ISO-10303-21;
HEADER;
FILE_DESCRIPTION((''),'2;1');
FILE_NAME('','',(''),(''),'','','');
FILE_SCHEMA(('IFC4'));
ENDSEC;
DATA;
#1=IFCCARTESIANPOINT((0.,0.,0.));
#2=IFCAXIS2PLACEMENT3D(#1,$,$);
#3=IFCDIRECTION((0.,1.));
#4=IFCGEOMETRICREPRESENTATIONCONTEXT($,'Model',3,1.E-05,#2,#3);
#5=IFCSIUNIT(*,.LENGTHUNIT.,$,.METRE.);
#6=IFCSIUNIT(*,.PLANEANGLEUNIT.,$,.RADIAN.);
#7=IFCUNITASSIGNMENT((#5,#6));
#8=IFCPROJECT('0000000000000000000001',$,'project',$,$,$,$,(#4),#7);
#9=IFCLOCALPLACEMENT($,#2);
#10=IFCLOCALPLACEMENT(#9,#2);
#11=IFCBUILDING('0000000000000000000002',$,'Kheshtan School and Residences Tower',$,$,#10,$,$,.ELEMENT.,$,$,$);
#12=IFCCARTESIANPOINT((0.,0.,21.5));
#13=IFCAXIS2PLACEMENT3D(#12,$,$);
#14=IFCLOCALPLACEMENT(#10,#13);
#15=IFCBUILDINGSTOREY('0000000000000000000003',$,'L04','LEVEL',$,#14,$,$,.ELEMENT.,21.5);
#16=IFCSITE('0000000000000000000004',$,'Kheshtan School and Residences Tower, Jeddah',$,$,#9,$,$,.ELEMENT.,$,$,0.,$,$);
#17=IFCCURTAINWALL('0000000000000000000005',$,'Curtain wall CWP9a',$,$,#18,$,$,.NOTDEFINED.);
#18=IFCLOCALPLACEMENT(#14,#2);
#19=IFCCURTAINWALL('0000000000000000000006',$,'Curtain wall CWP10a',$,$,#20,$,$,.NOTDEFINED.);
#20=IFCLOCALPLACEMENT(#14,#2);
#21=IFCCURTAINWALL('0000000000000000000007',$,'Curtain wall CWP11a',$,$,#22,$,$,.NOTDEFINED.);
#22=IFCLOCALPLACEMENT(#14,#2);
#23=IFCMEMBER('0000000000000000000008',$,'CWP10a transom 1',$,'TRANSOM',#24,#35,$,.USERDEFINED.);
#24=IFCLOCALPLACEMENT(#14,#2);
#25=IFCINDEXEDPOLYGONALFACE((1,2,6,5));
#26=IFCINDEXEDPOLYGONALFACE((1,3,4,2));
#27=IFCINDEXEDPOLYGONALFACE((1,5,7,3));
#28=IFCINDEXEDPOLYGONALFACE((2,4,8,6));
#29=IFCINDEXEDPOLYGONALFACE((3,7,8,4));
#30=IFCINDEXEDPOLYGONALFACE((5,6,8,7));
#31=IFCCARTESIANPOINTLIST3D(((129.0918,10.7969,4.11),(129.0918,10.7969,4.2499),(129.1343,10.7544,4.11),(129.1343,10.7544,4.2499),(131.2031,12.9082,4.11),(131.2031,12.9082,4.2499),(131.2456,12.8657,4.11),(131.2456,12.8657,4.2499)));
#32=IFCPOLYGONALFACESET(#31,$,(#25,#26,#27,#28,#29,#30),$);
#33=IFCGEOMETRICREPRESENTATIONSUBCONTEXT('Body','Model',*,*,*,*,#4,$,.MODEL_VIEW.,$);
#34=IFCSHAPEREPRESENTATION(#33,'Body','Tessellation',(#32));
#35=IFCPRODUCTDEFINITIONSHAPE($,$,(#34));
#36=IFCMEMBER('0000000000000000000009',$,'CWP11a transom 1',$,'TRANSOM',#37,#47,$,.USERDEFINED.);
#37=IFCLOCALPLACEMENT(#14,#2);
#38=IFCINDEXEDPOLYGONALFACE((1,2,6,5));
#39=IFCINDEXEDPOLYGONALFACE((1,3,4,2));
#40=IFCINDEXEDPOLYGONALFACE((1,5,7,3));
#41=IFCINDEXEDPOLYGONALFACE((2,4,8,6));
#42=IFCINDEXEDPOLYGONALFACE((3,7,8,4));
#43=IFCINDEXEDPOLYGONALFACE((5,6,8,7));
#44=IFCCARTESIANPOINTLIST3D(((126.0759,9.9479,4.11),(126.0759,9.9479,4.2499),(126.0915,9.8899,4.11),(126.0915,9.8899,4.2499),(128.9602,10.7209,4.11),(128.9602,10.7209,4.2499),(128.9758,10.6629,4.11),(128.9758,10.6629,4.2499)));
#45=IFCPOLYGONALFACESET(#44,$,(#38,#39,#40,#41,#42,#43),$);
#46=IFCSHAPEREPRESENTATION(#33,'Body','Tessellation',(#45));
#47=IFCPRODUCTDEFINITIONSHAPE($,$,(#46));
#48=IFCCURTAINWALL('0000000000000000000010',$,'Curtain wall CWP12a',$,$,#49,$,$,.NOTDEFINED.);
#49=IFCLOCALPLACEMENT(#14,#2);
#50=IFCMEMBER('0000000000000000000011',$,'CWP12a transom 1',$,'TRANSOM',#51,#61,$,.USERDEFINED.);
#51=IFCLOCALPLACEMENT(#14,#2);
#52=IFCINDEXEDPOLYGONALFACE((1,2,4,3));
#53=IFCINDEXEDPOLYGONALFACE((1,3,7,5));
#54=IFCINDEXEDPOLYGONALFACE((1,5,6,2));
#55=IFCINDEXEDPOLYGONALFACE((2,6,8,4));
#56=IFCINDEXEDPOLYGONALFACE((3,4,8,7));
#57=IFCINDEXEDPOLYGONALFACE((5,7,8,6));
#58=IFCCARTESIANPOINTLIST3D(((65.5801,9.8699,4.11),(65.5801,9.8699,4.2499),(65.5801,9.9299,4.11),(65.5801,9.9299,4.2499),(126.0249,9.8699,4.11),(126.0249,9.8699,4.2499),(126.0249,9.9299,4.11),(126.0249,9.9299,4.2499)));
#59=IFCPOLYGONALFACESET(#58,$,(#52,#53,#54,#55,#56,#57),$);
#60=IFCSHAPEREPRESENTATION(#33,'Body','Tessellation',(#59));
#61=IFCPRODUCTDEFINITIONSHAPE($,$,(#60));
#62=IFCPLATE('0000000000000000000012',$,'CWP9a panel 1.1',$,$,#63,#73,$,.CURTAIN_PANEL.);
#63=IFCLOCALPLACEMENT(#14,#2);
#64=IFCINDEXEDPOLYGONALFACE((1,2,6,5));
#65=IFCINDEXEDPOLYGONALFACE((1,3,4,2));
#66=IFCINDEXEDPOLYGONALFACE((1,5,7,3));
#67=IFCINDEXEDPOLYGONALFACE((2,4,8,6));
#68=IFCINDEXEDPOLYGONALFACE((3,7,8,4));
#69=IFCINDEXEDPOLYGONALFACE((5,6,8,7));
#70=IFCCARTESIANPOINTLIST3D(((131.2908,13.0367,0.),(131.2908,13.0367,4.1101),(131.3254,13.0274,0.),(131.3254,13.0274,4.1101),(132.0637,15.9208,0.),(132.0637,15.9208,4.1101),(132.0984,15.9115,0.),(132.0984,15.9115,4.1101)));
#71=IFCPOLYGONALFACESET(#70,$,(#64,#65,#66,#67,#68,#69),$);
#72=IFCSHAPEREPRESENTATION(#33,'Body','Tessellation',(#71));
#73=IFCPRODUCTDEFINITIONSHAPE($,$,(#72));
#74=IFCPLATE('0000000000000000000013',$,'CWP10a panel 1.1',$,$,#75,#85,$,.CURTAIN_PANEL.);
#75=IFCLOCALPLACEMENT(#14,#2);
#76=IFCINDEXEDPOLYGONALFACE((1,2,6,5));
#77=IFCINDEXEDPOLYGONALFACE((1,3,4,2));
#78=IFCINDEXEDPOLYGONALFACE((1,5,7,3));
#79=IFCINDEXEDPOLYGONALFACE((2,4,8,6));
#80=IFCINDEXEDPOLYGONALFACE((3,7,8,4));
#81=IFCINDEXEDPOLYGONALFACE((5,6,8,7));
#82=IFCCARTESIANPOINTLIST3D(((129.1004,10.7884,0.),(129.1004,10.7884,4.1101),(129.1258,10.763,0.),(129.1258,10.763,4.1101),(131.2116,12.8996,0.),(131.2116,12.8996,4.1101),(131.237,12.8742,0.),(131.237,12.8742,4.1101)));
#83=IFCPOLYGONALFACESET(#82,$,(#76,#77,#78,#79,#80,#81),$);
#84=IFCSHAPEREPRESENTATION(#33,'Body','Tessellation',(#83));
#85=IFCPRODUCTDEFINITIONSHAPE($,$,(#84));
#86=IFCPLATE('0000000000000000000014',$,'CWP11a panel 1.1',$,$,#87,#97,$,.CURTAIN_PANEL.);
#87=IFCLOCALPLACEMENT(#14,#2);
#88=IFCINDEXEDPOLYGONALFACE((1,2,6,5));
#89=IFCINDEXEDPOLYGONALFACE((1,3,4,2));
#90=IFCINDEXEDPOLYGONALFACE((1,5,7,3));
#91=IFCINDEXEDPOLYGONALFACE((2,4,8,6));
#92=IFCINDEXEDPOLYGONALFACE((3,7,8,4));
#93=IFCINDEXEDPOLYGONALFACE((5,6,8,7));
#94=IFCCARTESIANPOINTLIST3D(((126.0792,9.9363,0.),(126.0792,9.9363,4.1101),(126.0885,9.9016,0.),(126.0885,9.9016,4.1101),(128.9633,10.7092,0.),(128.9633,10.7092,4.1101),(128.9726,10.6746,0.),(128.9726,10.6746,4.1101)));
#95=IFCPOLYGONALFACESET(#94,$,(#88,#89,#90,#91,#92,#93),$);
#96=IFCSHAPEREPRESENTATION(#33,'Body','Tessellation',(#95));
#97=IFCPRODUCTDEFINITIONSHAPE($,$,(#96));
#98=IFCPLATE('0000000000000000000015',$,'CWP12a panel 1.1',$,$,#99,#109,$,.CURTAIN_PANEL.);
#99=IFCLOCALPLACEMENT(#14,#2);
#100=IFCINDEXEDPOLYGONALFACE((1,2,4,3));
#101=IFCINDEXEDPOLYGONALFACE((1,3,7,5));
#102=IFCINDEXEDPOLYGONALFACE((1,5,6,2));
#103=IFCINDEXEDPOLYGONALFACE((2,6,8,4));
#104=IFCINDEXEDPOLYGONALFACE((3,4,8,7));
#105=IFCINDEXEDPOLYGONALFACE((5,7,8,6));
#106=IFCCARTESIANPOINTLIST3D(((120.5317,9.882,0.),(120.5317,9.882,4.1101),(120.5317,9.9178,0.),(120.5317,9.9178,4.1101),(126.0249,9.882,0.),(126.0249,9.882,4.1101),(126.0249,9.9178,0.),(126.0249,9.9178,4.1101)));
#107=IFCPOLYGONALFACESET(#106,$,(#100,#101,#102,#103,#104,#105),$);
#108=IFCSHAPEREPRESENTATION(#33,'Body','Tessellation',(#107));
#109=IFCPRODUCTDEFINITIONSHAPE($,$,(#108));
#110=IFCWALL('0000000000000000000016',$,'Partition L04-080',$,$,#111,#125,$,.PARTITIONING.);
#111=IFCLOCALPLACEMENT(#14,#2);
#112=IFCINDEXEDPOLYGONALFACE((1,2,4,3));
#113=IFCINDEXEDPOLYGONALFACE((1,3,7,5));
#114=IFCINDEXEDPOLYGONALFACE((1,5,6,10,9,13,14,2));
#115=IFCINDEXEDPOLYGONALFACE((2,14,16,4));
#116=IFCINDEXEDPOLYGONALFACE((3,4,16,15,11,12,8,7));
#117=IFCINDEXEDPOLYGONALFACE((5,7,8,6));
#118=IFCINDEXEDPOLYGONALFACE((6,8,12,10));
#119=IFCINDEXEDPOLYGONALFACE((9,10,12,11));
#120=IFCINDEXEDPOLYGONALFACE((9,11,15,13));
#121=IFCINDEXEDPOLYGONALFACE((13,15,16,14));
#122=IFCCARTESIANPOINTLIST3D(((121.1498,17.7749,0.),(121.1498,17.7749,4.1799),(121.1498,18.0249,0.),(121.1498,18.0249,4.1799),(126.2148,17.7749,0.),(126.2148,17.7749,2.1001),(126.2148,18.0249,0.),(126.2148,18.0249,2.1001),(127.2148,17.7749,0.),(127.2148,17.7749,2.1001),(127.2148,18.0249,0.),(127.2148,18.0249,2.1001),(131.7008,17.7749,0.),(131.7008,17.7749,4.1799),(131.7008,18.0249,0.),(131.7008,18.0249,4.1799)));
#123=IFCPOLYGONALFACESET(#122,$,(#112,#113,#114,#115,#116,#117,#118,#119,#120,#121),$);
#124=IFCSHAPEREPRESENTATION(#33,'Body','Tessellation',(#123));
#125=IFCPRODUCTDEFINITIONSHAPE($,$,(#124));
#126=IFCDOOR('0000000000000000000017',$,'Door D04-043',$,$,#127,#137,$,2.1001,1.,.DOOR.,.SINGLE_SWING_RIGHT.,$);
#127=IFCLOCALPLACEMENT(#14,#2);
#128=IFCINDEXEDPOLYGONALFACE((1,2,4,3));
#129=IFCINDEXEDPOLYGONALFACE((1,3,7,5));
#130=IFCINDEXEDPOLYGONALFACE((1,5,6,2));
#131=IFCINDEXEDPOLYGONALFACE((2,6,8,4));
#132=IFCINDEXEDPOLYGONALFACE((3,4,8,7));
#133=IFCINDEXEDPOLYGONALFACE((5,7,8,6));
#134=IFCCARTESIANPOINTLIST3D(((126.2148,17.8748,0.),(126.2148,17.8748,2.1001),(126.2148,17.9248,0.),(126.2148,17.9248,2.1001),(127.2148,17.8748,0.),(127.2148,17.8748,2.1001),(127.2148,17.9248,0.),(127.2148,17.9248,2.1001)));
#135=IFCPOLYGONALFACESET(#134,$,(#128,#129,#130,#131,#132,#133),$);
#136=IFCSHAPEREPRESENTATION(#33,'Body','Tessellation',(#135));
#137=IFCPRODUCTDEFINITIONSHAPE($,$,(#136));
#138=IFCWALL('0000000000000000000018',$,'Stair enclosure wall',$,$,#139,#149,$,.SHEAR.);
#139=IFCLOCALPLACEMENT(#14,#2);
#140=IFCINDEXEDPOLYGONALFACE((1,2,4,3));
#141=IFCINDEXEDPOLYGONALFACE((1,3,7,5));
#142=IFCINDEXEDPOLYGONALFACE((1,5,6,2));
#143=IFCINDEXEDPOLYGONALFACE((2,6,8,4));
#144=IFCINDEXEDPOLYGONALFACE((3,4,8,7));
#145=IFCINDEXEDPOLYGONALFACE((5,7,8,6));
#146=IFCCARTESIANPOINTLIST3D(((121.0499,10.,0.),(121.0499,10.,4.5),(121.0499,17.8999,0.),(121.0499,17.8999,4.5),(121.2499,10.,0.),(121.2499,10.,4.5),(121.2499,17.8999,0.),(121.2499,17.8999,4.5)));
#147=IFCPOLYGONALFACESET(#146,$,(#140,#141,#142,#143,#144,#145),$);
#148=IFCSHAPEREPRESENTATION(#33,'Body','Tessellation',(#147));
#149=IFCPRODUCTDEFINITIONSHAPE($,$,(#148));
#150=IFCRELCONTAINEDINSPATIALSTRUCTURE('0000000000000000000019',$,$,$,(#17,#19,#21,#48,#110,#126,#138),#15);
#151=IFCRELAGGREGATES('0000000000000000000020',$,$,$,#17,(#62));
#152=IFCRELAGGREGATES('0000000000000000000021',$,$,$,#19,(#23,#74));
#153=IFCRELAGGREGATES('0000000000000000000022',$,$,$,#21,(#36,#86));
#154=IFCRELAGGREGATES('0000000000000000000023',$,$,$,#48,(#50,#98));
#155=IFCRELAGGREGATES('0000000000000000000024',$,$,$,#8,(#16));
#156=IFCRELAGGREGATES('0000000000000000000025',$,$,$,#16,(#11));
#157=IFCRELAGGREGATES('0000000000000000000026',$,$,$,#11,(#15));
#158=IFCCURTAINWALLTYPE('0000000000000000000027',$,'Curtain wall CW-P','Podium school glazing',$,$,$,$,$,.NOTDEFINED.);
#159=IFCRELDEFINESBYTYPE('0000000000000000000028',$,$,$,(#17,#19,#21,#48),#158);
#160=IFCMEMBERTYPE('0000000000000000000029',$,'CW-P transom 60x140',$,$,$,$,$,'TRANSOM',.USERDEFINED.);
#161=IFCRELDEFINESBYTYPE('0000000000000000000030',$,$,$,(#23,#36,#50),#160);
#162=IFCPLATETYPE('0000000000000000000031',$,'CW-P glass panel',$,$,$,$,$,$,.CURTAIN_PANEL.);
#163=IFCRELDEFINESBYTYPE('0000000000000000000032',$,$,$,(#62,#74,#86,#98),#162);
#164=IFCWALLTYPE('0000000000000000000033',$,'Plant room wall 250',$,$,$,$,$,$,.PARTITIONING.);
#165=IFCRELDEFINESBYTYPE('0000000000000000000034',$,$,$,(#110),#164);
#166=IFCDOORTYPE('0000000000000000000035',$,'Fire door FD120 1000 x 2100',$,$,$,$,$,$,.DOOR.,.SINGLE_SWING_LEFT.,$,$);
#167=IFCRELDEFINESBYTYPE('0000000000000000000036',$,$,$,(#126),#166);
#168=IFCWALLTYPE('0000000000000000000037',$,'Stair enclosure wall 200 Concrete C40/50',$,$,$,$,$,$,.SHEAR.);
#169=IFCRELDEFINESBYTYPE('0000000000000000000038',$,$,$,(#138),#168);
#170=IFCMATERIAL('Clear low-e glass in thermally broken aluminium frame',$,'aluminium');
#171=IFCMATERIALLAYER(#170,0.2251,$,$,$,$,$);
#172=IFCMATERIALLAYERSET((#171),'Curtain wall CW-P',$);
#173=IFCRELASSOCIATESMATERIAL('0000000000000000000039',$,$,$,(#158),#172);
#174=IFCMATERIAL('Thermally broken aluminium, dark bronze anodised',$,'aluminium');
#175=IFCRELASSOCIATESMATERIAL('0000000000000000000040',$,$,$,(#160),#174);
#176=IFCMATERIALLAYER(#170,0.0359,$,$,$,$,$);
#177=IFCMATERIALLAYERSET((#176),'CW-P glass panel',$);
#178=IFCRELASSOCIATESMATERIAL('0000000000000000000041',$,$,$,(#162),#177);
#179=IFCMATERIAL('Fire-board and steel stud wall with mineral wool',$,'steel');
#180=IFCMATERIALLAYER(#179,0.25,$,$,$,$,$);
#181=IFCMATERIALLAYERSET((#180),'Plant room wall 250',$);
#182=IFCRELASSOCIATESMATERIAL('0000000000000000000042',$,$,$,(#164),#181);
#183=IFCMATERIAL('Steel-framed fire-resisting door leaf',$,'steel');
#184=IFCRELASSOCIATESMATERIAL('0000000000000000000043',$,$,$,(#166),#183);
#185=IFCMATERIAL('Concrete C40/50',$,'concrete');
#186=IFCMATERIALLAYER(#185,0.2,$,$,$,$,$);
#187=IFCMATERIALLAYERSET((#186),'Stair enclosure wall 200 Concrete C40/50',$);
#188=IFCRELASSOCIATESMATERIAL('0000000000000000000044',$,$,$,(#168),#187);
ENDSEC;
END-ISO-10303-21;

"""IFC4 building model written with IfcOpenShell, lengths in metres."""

from ifc_helpers import new_model, si_unit, direction, frame, frame_2d, origin, origin_2d, place, context, subcontext, project, spatial, rectangle, extrude, source, transform, mapped, material, layer, layer_set, material_profile, profile_set, type_object, element, fill, aggregate, save


model = new_model("IFC4")

# Units and contexts
model_context = context("Model", 3, precision=1e-05, world=origin(), true_north=direction((0.0, 1.0)))
body_context = subcontext(model_context, "Body", "Model", "MODEL_VIEW")
ifc_project = project(units=[si_unit("LENGTHUNIT", "METRE"), si_unit("PLANEANGLEUNIT", "RADIAN")], contexts=[model_context])

# Site, building, storey
site_placement = place(None, origin())
site = spatial("IfcSite", under=ifc_project, at=site_placement, Name="Kheshtan School and Residences Tower, Jeddah", CompositionType="ELEMENT", RefElevation=0.0)
building_placement = place(site_placement, origin())
building = spatial("IfcBuilding", under=site, at=building_placement, Name="Kheshtan School and Residences Tower", CompositionType="ELEMENT")
storey_placement = place(building_placement, frame((0.0, 0.0, 21.5)))
storey = spatial("IfcBuildingStorey", under=building, at=storey_placement, Name="L04", Description="LEVEL", CompositionType="ELEMENT", Elevation=21.5)

# Curtain walls
ifc_material_1 = material(Name="Clear low-e glass in thermally broken aluminium frame", Category="aluminium")
ifc_layer_1 = layer(ifc_material_1, 0.2251)
ifc_layer_set_1 = layer_set([ifc_layer_1], Name="Curtain wall CW-P")
curtain_wall_type = type_object("IfcCurtainWallType", Name="Curtain wall CW-P", Description="Podium school glazing", PredefinedType="NOTDEFINED", material=ifc_layer_set_1)
curtain_wall_1_placement = place(storey_placement, origin())
curtain_wall_1 = element("IfcCurtainWall", 1, at=curtain_wall_1_placement, inside=storey, type_object=curtain_wall_type, Name="Curtain wall CWP9a", PredefinedType="NOTDEFINED")
ifc_material_2 = material(Name="Thermally broken aluminium, dark bronze anodised", Category="aluminium")
curtain_wall_2_placement = place(storey_placement, origin())
curtain_wall_2 = element("IfcCurtainWall", 2, at=curtain_wall_2_placement, inside=storey, type_object=curtain_wall_type, Name="Curtain wall CWP10a", PredefinedType="NOTDEFINED")
curtain_wall_3_placement = place(storey_placement, origin())
curtain_wall_3 = element("IfcCurtainWall", 3, at=curtain_wall_3_placement, inside=storey, type_object=curtain_wall_type, Name="Curtain wall CWP11a", PredefinedType="NOTDEFINED")

# Members
ifc_material_profile_1 = material_profile(ifc_material_2, rectangle(XDim=0.0601, YDim=0.1399, at=origin_2d()), Name="CW-P transom 60x140")
ifc_profile_set_1 = profile_set([ifc_material_profile_1], Name="Thermally broken aluminium, dark bronze anodised")
member_type_1 = type_object("IfcMemberType", Name="CW-P transom 60x140", ElementType="TRANSOM", PredefinedType="USERDEFINED", material=ifc_profile_set_1)
member_1_placement = place(storey_placement, frame((131.2244, 12.887, 4.1799), z_axis=(-0.707107, -0.707107, 0.0), x_axis=(0.707107, -0.707107, 0.0)))
member_1 = element("IfcMember", 4, at=member_1_placement, type_object=member_type_1, Name="CWP10a transom 1", ObjectType="TRANSOM", PredefinedType="USERDEFINED", context=body_context, shape_type="SweptSolid", body=[
    extrude(rectangle(XDim=0.0601, YDim=0.1399, at=origin_2d()), origin(), (0.0, 0.0, 1.0), 2.9858),
])
member_2_placement = place(storey_placement, frame((128.968, 10.6919, 4.1799), z_axis=(-0.965917, -0.258853, 0.0), x_axis=(0.258853, -0.965917, 0.0)))
member_2 = element("IfcMember", 5, at=member_2_placement, type_object=member_type_1, Name="CWP11a transom 1", ObjectType="TRANSOM", PredefinedType="USERDEFINED", context=body_context, shape_type="SweptSolid", body=[
    extrude(rectangle(XDim=0.0601, YDim=0.1399, at=origin_2d()), origin(), (0.0, 0.0, 1.0), 2.9861),
])

# Curtain wall, member
curtain_wall_4_placement = place(storey_placement, origin())
curtain_wall_4 = element("IfcCurtainWall", 6, at=curtain_wall_4_placement, inside=storey, type_object=curtain_wall_type, Name="Curtain wall CWP12a", PredefinedType="NOTDEFINED")
member_3_placement = place(storey_placement, frame((126.0249, 9.8999, 4.1799), z_axis=(-1.0, 0.0, 0.0), x_axis=(0.0, -1.0, 0.0)))
member_3 = element("IfcMember", 7, at=member_3_placement, type_object=member_type_1, Name="CWP12a transom 1", ObjectType="TRANSOM", PredefinedType="USERDEFINED", context=body_context, shape_type="SweptSolid", body=[
    extrude(rectangle(XDim=0.0601, YDim=0.1399, at=origin_2d()), origin(), (0.0, 0.0, 1.0), 60.4448),
])

# Plates
ifc_layer_2 = layer(ifc_material_1, 0.0359)
ifc_layer_set_2 = layer_set([ifc_layer_2], Name="CW-P glass panel")
plate_type = type_object("IfcPlateType", Name="CW-P glass panel", PredefinedType="CURTAIN_PANEL", material=ifc_layer_set_2)
plate_1_placement = place(storey_placement, frame((131.6946, 14.4741, 0.0), z_axis=(0.0, 0.0, 1.0), x_axis=(-0.258865, -0.965914, 0.0)))
plate_1 = element("IfcPlate", 8, at=plate_1_placement, type_object=plate_type, Name="CWP9a panel 1.1", PredefinedType="CURTAIN_PANEL", context=body_context, shape_type="SweptSolid", body=[
    extrude(rectangle(XDim=2.9858, YDim=0.0359, at=origin_2d()), origin(), (0.0, 0.0, 1.0), 4.1101),
])
aggregate(curtain_wall_1, [plate_1])
plate_2_placement = place(storey_placement, frame((130.1687, 11.8313, 0.0), z_axis=(0.0, 0.0, 1.0), x_axis=(-0.707107, -0.707107, 0.0)))
plate_2 = element("IfcPlate", 9, at=plate_2_placement, type_object=plate_type, Name="CWP10a panel 1.1", PredefinedType="CURTAIN_PANEL", context=body_context, shape_type="SweptSolid", body=[
    extrude(rectangle(XDim=2.9856, YDim=0.0359, at=origin_2d()), origin(), (0.0, 0.0, 1.0), 4.1101),
])
aggregate(curtain_wall_2, [member_1, plate_2])
plate_3_placement = place(storey_placement, frame((127.5259, 10.3054, 0.0), z_axis=(0.0, 0.0, 1.0), x_axis=(-0.965914, -0.258865, 0.0)))
plate_3 = element("IfcPlate", 10, at=plate_3_placement, type_object=plate_type, Name="CWP11a panel 1.1", PredefinedType="CURTAIN_PANEL", context=body_context, shape_type="SweptSolid", body=[
    extrude(rectangle(XDim=2.9858, YDim=0.0359, at=origin_2d()), origin(), (0.0, 0.0, 1.0), 4.1101),
])
aggregate(curtain_wall_3, [member_2, plate_3])
plate_4_placement = place(storey_placement, frame((123.2783, 9.8999, 0.0), z_axis=(0.0, 0.0, 1.0), x_axis=(-1.0, 0.0, 0.0)))
plate_4 = element("IfcPlate", 11, at=plate_4_placement, type_object=plate_type, Name="CWP12a panel 1.1", PredefinedType="CURTAIN_PANEL", context=body_context, shape_type="SweptSolid", body=[
    extrude(rectangle(XDim=5.4932, YDim=0.0359, at=origin_2d()), origin(), (0.0, 0.0, 1.0), 4.1101),
])
aggregate(curtain_wall_4, [member_3, plate_4])

# Wall, opening, door
ifc_material_3 = material(Name="Fire-board and steel stud wall with mineral wool", Category="steel")
ifc_layer_3 = layer(ifc_material_3, 0.25)
ifc_layer_set_3 = layer_set([ifc_layer_3], Name="Plant room wall 250")
wall_type_1 = type_object("IfcWallType", Name="Plant room wall 250", PredefinedType="PARTITIONING", material=ifc_layer_set_3)
wall_1_placement = place(storey_placement, frame((121.1499, 17.8999, 0.0), z_axis=(0.0, 0.0, 1.0), x_axis=(1.0, 0.0, 0.0)))
wall_1 = element("IfcWall", 12, at=wall_1_placement, inside=storey, type_object=wall_type_1, Name="Partition L04-080", PredefinedType="PARTITIONING", context=body_context, shape_type="SweptSolid", body=[
    extrude(rectangle(XDim=10.551, YDim=0.25, at=frame_2d((5.2754, 0.0))), origin(), (0.0, 0.0, 1.0), 4.1799),
])
opening_placement = place(wall_1_placement, frame((5.0649, 0.0, 0.0)))
opening = element("IfcOpeningElement", 13, at=opening_placement, cuts=wall_1, PredefinedType="OPENING", context=body_context, shape_type="SweptSolid", body=[
    extrude(rectangle(XDim=1.0, YDim=2.1001, at=frame_2d((0.5, 1.05))), frame((0.0, 0.135, 0.0), z_axis=(0.0, -1.0, 0.0), x_axis=(1.0, 0.0, 0.0)), (0.0, 0.0, 1.0), 0.27),
])
ifc_material_4 = material(Name="Steel-framed fire-resisting door leaf", Category="steel")
door_type = type_object("IfcDoorType", Name="Fire door FD120 1000 x 2100", OperationType="SINGLE_SWING_LEFT", PredefinedType="DOOR", material=ifc_material_4)
shared_shape = source(origin(), body_context, "Body", "SweptSolid", [
    extrude(rectangle(XDim=1.0, YDim=2.1001, at=frame_2d((0.5, 1.05))), frame((0.0, 0.0249, 0.0), z_axis=(0.0, -1.0, 0.0), x_axis=(1.0, 0.0, 0.0)), (0.0, 0.0, 1.0), 0.05),
])
door_placement = place(opening_placement, origin())
door = element("IfcDoor", 14, at=door_placement, inside=storey, type_object=door_type, Name="Door D04-043", OperationType="SINGLE_SWING_RIGHT", OverallHeight=2.1001, OverallWidth=1.0, PredefinedType="DOOR", context=body_context, shape_type="MappedRepresentation", body=[
    mapped(shared_shape, transform((0.0, 0.0, 0.0), x_axis=(1.0, 0.0, 0.0), y_axis=(0.0, 1.0, 0.0), z_axis=(0.0, 0.0, 1.0), scale=1.0)),
])
fill(opening, door)

# Wall
ifc_material_5 = material(Name="Concrete C40/50", Category="concrete")
ifc_layer_4 = layer(ifc_material_5, 0.2)
ifc_layer_set_4 = layer_set([ifc_layer_4], Name="Stair enclosure wall 200 Concrete C40/50")
wall_type_2 = type_object("IfcWallType", Name="Stair enclosure wall 200 Concrete C40/50", PredefinedType="SHEAR", material=ifc_layer_set_4)
wall_2_placement = place(storey_placement, frame((121.1499, 10.0, 0.0), z_axis=(0.0, 0.0, 1.0), x_axis=(0.0, 1.0, 0.0)))
element("IfcWall", 15, at=wall_2_placement, inside=storey, type_object=wall_type_2, Name="Stair enclosure wall", PredefinedType="SHEAR", context=body_context, shape_type="SweptSolid", body=[
    extrude(rectangle(XDim=7.8999, YDim=0.2, at=frame_2d((3.95, 0.0))), origin(), (0.0, 0.0, 1.0), 4.5),
])

save(model, "model.ifc")
